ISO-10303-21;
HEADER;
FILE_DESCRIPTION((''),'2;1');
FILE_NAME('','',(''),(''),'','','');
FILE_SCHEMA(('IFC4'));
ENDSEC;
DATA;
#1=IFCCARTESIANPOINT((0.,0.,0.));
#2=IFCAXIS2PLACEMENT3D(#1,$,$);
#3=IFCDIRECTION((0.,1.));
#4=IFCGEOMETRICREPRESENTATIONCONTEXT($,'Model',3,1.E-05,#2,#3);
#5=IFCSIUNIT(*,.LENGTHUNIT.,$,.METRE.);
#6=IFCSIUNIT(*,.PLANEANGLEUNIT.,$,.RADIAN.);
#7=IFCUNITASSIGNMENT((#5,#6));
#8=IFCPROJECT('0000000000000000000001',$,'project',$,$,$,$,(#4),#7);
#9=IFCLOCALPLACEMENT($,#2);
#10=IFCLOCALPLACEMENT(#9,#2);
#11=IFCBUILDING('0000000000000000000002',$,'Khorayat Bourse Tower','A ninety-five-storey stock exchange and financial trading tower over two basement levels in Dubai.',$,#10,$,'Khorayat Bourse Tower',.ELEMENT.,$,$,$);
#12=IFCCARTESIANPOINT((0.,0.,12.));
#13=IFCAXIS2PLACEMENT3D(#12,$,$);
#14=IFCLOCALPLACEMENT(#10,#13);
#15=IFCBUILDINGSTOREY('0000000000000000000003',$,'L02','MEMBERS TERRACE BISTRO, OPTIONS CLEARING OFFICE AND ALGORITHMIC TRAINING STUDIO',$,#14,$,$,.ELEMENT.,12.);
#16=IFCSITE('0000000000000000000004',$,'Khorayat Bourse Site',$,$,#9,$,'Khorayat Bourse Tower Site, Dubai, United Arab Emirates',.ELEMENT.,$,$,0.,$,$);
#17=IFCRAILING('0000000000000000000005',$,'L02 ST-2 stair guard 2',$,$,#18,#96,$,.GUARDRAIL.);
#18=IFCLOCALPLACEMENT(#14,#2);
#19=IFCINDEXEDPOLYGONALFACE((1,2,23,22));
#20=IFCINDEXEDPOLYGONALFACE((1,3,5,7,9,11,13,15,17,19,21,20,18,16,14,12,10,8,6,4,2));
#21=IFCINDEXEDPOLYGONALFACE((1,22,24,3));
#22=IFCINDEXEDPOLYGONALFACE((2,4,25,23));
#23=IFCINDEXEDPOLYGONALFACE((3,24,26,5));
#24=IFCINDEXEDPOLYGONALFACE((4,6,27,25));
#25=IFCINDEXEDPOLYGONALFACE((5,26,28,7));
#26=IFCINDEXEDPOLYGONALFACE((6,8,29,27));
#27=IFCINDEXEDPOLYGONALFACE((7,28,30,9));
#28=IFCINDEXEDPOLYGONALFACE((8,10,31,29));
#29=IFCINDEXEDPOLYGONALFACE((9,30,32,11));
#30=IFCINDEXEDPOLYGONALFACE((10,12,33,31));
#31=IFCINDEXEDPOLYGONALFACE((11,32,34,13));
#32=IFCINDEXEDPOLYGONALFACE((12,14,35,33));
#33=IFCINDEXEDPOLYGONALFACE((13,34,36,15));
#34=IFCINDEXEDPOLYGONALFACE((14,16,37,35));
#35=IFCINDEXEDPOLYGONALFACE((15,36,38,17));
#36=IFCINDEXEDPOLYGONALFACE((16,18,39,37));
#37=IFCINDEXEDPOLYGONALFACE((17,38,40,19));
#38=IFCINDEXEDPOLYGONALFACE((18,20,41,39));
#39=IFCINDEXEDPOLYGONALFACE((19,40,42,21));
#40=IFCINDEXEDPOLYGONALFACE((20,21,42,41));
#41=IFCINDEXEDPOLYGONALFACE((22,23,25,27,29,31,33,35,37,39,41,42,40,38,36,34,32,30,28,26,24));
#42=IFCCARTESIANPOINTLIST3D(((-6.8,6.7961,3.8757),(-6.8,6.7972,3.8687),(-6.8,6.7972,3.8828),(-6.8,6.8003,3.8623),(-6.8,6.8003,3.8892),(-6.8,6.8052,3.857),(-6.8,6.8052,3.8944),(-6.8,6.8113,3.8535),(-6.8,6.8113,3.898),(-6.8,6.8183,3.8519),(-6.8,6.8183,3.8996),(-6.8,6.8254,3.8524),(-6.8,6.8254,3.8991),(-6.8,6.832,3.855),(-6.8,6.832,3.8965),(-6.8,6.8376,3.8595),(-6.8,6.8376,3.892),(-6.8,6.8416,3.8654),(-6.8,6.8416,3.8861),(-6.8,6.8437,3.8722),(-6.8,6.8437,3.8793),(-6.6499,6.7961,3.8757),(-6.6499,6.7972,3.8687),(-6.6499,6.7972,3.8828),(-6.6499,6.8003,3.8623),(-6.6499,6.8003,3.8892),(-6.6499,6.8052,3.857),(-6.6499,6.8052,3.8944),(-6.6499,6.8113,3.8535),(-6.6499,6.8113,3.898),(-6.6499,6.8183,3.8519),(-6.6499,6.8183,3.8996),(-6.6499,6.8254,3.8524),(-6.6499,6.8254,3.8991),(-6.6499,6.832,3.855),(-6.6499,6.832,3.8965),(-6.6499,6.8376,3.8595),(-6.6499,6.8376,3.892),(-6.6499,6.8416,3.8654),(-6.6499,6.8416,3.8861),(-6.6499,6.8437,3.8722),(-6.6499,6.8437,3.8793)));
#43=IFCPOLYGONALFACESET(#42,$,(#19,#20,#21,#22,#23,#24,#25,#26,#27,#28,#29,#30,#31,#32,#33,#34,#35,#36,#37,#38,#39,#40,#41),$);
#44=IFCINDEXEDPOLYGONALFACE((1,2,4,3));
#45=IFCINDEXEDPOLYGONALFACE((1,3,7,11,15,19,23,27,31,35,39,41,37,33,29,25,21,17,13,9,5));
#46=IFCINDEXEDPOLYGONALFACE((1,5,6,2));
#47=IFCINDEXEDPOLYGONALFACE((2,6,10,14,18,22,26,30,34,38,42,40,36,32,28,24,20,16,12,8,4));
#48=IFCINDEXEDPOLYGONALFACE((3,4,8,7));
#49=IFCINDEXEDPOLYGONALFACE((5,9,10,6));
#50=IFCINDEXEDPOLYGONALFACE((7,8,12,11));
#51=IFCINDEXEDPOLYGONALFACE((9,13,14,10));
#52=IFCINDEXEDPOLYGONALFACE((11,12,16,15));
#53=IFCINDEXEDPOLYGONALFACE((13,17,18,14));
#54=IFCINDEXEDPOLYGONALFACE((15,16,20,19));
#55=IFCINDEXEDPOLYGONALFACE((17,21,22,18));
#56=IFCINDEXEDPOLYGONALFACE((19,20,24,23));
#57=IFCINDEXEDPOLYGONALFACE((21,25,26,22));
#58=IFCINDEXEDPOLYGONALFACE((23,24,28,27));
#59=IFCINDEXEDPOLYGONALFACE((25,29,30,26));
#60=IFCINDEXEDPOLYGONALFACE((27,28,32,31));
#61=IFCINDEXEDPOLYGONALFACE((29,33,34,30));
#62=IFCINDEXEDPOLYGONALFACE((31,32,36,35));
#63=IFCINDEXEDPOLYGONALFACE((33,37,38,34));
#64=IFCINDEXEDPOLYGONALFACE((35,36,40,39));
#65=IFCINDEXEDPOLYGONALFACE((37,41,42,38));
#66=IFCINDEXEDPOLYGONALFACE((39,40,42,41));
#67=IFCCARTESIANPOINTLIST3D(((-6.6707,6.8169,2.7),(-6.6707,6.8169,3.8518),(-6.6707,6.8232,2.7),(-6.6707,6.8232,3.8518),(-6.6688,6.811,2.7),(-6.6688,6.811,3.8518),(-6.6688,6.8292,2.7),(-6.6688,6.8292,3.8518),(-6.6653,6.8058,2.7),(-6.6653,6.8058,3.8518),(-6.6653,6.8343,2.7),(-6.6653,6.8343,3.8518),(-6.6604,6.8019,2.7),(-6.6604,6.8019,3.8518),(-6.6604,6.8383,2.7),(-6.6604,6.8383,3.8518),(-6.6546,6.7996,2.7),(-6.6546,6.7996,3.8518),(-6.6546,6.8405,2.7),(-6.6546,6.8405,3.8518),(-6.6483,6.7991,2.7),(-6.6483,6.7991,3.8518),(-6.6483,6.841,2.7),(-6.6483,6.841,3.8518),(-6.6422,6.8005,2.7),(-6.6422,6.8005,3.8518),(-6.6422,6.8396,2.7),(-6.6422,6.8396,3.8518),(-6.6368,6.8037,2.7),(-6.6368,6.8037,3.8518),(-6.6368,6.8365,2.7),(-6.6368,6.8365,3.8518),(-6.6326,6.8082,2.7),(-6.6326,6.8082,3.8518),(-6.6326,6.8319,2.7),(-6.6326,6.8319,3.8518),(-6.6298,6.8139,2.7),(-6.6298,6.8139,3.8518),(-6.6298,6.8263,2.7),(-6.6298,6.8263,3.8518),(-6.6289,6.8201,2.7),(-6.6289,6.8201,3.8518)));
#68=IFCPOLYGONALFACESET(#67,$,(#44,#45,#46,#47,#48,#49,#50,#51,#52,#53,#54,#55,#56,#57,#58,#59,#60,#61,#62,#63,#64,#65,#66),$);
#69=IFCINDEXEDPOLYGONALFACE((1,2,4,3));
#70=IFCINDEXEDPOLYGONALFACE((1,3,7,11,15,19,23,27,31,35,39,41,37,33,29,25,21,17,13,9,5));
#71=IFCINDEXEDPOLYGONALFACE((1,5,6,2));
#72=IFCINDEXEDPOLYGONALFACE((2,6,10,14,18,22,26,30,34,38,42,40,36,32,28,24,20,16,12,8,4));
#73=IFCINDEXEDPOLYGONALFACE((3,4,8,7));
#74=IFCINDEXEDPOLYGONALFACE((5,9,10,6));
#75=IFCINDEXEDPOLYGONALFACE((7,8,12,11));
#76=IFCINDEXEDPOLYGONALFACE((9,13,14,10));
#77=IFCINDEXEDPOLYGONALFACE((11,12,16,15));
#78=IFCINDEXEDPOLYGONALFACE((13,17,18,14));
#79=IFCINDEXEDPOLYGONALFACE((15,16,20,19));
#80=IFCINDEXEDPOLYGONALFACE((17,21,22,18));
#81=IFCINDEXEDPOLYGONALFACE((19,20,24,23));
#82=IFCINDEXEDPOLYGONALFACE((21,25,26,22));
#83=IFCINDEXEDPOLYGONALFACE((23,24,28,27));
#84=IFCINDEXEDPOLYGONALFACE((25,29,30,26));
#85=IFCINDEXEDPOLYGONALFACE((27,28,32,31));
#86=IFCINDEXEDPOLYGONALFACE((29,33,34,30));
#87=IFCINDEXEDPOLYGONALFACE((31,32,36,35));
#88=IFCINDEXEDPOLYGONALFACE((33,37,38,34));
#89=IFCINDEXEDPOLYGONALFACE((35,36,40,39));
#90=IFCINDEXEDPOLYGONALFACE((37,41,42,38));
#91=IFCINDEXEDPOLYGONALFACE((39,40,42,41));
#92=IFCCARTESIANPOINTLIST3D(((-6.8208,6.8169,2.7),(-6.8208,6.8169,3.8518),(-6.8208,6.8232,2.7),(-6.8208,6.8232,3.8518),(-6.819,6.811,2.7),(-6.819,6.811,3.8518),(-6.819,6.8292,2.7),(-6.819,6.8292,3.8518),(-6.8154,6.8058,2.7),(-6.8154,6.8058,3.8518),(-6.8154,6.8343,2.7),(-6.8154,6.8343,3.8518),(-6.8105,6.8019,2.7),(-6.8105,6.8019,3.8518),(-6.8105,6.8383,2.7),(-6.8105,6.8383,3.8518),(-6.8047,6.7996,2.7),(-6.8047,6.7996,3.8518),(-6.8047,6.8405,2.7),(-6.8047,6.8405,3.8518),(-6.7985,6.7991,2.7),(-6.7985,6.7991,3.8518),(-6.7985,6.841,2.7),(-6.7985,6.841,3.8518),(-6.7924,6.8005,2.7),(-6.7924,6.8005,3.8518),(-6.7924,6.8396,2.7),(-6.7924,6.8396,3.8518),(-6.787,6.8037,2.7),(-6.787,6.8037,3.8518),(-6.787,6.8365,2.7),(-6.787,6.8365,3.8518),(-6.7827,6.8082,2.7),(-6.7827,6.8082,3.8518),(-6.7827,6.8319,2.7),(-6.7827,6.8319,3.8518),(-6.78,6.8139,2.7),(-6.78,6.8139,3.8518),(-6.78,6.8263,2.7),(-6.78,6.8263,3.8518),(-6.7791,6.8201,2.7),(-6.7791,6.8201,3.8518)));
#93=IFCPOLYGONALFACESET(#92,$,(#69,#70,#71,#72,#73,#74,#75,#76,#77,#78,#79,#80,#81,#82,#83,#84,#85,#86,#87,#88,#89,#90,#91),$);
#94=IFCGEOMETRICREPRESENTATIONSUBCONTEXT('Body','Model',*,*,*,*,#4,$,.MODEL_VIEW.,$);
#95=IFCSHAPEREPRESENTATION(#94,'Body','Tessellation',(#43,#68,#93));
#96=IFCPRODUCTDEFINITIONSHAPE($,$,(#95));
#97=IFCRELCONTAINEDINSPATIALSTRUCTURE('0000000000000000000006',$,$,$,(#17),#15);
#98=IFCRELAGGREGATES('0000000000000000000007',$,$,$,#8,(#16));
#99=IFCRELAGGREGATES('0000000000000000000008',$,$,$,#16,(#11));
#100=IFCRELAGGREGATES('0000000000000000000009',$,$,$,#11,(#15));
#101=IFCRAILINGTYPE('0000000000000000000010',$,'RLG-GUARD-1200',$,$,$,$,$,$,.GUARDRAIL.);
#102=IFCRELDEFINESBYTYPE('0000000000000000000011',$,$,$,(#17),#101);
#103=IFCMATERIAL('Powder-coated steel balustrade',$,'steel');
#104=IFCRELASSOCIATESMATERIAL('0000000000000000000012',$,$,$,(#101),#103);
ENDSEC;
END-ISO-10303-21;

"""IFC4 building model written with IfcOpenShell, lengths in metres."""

from ifc_helpers import new_model, si_unit, direction, frame, origin, origin_2d, place, context, subcontext, project, spatial, circle, extrude, source, transform, mapped, material, type_object, element, save


model = new_model("IFC4")

# Units and contexts
model_context = context("Model", 3, precision=1e-05, world=origin(), true_north=direction((0.0, 1.0)))
body_context = subcontext(model_context, "Body", "Model", "MODEL_VIEW")
ifc_project = project(units=[si_unit("LENGTHUNIT", "METRE"), si_unit("PLANEANGLEUNIT", "RADIAN")], contexts=[model_context])

# Site, building, storey
site_placement = place(None, origin())
site = spatial("IfcSite", under=ifc_project, at=site_placement, Name="Khorayat Bourse Site", LongName="Khorayat Bourse Tower Site, Dubai, United Arab Emirates", CompositionType="ELEMENT", RefElevation=0.0)
building_placement = place(site_placement, origin())
building = spatial("IfcBuilding", under=site, at=building_placement, Name="Khorayat Bourse Tower", Description="A ninety-five-storey stock exchange and financial trading tower over two basement levels in Dubai.", LongName="Khorayat Bourse Tower", CompositionType="ELEMENT")
storey_placement = place(building_placement, frame((0.0, 0.0, 12.0)))
storey = spatial("IfcBuildingStorey", under=building, at=storey_placement, Name="L02", Description="MEMBERS TERRACE BISTRO, OPTIONS CLEARING OFFICE AND ALGORITHMIC TRAINING STUDIO", CompositionType="ELEMENT", Elevation=12.0)

# Railing
ifc_material_1 = material(Name="Powder-coated steel balustrade", Category="steel")
railing_type_1 = type_object("IfcRailingType", Name="RLG-GUARD-1200", PredefinedType="GUARDRAIL", material=ifc_material_1)
shared_shape_1 = source(origin(), body_context, "Body", "SweptSolid", [
    extrude(circle(Radius=0.0239, at=origin_2d()), frame((0.0, 0.0, 1.1758), z_axis=(-1.0, 0.0, 0.0), x_axis=(0.0, -1.0, 0.0)), (0.0, 0.0, 1.0), 0.1501),
    extrude(circle(Radius=0.021, at=origin_2d()), origin(), (0.0, 0.0, 1.0), 1.1519),
    extrude(circle(Radius=0.021, at=origin_2d()), frame((-0.1501, 0.0, 0.0)), (0.0, 0.0, 1.0), 1.1519),
])
railing_1_placement = place(storey_placement, frame((-6.6499, 6.8201, 2.7)))
element("IfcRailing", 1, at=railing_1_placement, inside=storey, type_object=railing_type_1, Name="L02 ST-2 stair guard 2", PredefinedType="GUARDRAIL", context=body_context, shape_type="MappedRepresentation", body=[
    mapped(shared_shape_1, transform((0.0, 0.0, 0.0), scale=1.0)),
])

save(model, "model.ifc")
